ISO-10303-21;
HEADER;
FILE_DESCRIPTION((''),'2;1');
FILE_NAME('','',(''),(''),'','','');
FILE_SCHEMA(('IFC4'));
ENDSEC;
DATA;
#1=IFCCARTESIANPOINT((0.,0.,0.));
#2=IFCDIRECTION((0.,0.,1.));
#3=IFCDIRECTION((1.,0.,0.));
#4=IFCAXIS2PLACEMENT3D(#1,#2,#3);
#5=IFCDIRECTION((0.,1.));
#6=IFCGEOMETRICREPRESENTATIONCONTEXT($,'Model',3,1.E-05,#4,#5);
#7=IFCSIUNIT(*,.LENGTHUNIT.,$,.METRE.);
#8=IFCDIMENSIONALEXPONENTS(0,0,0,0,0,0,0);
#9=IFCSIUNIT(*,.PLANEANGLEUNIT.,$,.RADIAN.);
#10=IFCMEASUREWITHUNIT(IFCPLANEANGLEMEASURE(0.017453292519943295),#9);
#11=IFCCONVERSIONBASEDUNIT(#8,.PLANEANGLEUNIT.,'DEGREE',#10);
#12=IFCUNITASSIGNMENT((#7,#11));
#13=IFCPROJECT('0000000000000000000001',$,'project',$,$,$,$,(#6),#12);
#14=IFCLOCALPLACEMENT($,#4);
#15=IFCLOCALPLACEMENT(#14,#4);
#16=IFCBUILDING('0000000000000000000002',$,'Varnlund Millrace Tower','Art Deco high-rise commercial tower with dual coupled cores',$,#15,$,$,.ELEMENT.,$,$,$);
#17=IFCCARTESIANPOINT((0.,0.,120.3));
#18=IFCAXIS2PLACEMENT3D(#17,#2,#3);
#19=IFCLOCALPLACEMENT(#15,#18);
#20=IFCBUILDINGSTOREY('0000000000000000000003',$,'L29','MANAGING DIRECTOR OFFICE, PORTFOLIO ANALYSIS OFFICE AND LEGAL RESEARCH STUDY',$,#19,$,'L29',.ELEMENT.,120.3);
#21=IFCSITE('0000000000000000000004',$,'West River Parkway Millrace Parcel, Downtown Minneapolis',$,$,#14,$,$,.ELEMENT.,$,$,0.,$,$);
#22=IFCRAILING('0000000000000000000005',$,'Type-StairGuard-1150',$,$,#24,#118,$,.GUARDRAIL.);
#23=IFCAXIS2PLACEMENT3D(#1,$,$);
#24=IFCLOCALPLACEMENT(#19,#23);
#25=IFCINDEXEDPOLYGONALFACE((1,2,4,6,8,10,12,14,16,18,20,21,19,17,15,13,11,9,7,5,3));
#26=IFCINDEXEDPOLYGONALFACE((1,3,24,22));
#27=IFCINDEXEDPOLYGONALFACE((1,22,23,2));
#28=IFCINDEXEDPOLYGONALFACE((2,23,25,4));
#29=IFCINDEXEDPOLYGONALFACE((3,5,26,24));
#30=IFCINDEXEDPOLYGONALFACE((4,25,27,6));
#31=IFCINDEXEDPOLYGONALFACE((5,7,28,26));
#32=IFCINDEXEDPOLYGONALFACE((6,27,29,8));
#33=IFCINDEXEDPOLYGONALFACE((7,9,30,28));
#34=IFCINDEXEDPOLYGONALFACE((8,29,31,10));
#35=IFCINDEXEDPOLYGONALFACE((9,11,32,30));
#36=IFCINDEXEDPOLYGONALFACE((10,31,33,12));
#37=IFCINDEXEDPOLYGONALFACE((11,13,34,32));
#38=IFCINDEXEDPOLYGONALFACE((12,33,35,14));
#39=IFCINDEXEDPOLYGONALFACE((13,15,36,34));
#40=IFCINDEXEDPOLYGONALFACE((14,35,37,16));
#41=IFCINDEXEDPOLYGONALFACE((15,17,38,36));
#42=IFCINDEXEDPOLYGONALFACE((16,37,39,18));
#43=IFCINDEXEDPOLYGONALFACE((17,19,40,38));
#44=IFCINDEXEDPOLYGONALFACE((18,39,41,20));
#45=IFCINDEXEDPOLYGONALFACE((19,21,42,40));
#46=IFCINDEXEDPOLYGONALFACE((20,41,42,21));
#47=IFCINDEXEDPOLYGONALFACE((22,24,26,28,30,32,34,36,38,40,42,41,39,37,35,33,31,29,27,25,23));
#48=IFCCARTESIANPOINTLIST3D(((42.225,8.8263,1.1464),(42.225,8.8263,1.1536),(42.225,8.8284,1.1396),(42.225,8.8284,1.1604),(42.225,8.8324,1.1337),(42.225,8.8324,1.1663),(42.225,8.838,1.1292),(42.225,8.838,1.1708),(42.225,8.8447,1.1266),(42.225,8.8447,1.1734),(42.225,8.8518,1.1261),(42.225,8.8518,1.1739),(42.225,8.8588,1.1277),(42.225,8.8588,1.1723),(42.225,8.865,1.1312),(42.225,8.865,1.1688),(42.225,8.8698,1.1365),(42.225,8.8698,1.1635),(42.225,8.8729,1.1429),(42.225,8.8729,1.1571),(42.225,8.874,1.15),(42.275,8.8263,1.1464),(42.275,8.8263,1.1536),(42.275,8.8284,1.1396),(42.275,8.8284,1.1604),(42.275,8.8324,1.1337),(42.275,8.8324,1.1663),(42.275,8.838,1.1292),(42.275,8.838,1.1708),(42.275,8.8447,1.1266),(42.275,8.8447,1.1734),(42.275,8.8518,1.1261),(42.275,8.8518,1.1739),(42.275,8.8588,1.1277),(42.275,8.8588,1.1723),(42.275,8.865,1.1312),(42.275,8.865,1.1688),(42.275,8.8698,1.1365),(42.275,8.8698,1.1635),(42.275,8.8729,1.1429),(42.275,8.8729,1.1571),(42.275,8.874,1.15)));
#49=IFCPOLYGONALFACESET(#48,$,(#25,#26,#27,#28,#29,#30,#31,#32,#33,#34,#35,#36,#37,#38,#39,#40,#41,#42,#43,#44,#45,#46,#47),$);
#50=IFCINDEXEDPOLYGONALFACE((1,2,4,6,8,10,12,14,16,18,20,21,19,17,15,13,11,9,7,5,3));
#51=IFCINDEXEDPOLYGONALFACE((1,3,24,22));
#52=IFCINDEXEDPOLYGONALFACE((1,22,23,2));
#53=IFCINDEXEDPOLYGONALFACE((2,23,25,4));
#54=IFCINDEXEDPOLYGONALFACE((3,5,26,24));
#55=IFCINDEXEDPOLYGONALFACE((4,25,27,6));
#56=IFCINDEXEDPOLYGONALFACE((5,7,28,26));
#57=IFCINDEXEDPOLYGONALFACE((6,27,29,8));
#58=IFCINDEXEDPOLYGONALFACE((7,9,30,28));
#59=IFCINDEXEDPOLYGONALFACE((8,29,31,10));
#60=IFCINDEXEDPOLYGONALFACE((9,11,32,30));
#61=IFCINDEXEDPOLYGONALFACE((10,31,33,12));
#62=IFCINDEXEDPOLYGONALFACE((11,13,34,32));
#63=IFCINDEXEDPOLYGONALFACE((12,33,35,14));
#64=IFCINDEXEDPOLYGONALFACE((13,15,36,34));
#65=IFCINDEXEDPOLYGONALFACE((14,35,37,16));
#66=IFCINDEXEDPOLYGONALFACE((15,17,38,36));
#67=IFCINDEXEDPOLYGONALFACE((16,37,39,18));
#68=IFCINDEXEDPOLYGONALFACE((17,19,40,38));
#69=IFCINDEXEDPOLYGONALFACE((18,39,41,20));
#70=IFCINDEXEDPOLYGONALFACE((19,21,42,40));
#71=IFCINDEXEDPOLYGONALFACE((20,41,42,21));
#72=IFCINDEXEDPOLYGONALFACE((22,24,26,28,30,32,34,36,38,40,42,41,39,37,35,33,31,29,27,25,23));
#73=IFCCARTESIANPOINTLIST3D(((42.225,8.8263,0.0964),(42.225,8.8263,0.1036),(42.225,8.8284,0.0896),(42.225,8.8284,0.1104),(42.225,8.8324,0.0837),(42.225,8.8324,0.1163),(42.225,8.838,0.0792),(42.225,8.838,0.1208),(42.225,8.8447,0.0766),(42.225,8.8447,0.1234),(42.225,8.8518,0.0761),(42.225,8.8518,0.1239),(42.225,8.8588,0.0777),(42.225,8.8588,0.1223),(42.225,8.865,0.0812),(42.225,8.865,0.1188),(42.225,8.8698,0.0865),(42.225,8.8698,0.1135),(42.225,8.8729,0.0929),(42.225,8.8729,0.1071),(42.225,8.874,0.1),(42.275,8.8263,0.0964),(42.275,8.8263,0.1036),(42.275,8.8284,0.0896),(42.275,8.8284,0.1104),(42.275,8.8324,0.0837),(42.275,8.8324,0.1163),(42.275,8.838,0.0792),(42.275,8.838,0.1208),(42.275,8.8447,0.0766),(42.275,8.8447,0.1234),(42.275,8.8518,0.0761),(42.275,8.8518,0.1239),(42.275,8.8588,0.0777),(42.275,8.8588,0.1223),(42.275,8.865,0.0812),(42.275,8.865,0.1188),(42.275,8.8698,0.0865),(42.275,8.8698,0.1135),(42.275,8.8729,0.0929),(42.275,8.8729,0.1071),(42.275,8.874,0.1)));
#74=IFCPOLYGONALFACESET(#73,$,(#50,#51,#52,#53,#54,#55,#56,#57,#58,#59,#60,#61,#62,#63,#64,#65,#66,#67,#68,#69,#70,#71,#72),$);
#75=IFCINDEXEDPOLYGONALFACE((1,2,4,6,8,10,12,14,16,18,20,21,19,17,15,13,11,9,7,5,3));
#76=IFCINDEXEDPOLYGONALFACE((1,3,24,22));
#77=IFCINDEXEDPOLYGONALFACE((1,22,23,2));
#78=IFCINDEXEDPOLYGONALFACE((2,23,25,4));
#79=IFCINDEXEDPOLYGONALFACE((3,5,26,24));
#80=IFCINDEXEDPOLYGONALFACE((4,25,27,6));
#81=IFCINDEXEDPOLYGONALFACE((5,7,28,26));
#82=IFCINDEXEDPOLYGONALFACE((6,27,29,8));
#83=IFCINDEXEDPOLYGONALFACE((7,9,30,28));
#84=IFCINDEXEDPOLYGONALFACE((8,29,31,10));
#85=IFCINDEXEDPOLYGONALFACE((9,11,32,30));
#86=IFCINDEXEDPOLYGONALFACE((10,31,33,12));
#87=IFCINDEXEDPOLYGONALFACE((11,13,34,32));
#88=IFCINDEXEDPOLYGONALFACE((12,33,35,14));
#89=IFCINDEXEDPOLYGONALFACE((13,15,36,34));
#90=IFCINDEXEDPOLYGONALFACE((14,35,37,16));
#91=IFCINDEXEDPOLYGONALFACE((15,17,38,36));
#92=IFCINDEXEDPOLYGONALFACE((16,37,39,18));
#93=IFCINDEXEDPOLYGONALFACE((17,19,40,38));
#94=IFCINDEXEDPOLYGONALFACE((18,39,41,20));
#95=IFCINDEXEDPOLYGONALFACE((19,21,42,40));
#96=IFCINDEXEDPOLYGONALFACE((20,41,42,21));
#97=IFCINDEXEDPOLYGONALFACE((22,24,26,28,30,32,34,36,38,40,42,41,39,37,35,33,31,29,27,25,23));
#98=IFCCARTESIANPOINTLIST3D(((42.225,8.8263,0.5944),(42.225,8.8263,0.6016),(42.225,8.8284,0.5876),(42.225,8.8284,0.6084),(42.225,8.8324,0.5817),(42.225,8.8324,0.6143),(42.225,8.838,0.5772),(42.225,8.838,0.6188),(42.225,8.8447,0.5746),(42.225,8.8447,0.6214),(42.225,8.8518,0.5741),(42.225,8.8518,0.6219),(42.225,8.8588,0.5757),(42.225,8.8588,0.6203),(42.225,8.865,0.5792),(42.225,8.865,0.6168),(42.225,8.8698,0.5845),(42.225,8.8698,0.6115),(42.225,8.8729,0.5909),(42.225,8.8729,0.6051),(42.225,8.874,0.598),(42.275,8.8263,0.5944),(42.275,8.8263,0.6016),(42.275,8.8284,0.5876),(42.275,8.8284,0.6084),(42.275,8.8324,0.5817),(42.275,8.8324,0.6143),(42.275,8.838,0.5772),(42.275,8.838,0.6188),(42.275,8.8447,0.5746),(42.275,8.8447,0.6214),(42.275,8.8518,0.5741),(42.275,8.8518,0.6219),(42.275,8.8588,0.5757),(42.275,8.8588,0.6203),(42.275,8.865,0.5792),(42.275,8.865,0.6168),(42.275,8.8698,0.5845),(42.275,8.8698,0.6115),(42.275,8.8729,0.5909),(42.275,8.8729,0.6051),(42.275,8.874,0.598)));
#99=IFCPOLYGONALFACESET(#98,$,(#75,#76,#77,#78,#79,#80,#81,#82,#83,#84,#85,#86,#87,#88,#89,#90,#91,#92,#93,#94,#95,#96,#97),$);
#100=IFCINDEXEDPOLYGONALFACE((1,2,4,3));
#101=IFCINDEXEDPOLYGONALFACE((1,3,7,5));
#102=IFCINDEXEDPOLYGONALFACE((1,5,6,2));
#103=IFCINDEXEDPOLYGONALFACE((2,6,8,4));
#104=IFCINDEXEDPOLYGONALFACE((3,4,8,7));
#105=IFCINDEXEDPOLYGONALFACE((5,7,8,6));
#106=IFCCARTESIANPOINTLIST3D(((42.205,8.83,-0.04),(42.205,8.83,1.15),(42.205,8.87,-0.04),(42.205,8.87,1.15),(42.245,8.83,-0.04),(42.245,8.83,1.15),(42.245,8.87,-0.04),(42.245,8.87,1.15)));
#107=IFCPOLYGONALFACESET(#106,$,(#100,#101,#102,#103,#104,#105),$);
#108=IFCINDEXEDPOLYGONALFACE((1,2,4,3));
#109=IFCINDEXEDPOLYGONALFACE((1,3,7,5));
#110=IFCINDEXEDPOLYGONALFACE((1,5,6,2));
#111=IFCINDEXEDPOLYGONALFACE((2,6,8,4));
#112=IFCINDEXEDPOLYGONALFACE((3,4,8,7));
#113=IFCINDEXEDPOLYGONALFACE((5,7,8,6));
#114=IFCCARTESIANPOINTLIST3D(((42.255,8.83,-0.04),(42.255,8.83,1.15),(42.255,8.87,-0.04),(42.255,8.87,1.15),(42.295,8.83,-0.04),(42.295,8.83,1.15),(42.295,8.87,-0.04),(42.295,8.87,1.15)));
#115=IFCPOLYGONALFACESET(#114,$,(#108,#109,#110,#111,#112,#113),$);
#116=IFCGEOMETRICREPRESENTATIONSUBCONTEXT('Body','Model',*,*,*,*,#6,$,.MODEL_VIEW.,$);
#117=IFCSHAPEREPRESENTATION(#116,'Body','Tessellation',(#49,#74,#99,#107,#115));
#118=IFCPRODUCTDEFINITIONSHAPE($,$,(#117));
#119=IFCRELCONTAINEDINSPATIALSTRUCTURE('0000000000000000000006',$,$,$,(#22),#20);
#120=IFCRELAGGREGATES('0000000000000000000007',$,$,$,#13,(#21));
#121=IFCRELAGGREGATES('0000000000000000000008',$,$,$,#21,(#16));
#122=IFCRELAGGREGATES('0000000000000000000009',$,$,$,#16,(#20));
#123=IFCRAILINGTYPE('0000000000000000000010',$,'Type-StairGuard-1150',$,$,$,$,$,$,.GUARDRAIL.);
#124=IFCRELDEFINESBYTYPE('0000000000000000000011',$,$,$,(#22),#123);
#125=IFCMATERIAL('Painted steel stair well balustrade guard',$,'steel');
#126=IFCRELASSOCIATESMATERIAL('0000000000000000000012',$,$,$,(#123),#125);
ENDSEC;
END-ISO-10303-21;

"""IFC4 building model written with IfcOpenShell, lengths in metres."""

from ifc_helpers import new_model, entity, si_unit, converted_unit, direction, frame, origin_with_axes, origin_2d_with_axis, place, context, subcontext, project, spatial, rectangle, circle, extrude, material, type_object, element, save


model = new_model("IFC4")

# Units and contexts
model_context = context("Model", 3, precision=1e-05, world=origin_with_axes(), true_north=direction((0.0, 1.0)))
body_context = subcontext(model_context, "Body", "Model", "MODEL_VIEW")
ifc_project = project(units=[si_unit("LENGTHUNIT", "METRE"), converted_unit("PLANEANGLEUNIT", "DEGREE", entity("IfcPlaneAngleMeasure", 0.017453292519943295), si_unit("PLANEANGLEUNIT", "RADIAN"), dimensions=[0, 0, 0, 0, 0, 0, 0])], contexts=[model_context])

# Site, building, storey
site_placement = place(None, origin_with_axes())
site = spatial("IfcSite", under=ifc_project, at=site_placement, Name="West River Parkway Millrace Parcel, Downtown Minneapolis", CompositionType="ELEMENT", RefElevation=0.0)
building_placement = place(site_placement, origin_with_axes())
building = spatial("IfcBuilding", under=site, at=building_placement, Name="Varnlund Millrace Tower", Description="Art Deco high-rise commercial tower with dual coupled cores", CompositionType="ELEMENT")
storey_placement = place(building_placement, frame((0.0, 0.0, 120.3), z_axis=(0.0, 0.0, 1.0), x_axis=(1.0, 0.0, 0.0)))
storey = spatial("IfcBuildingStorey", under=building, at=storey_placement, Name="L29", Description="MANAGING DIRECTOR OFFICE, PORTFOLIO ANALYSIS OFFICE AND LEGAL RESEARCH STUDY", LongName="L29", CompositionType="ELEMENT", Elevation=120.3)

# Railing
ifc_material_1 = material(Name="Painted steel stair well balustrade guard", Category="steel")
railing_type_1 = type_object("IfcRailingType", Name="Type-StairGuard-1150", PredefinedType="GUARDRAIL", material=ifc_material_1)
railing_1_placement = place(storey_placement, frame((0.0, 0.0, -120.3), z_axis=(0.0, 0.0, 1.0), x_axis=(1.0, 0.0, 0.0)))
element("IfcRailing", 1, at=railing_1_placement, inside=storey, type_object=railing_type_1, Name="Type-StairGuard-1150", PredefinedType="GUARDRAIL", context=body_context, shape_type="SweptSolid", body=[
    extrude(circle(Radius=0.024, at=origin_2d_with_axis()), frame((42.225, 8.85, 121.45), z_axis=(1.0, 0.0, 0.0), x_axis=(0.0, 1.0, 0.0)), (0.0, 0.0, 1.0), 0.05),
    extrude(circle(Radius=0.024, at=origin_2d_with_axis()), frame((42.225, 8.85, 120.4), z_axis=(1.0, 0.0, 0.0), x_axis=(0.0, 1.0, 0.0)), (0.0, 0.0, 1.0), 0.05),
    extrude(circle(Radius=0.024, at=origin_2d_with_axis()), frame((42.225, 8.85, 120.898), z_axis=(1.0, 0.0, 0.0), x_axis=(0.0, 1.0, 0.0)), (0.0, 0.0, 1.0), 0.05),
    extrude(rectangle(XDim=0.04, YDim=0.04, at=origin_2d_with_axis()), frame((42.225, 8.85, 120.26), z_axis=(0.0, 0.0, 1.0), x_axis=(1.0, 0.0, 0.0)), (0.0, 0.0, 1.0), 1.19),
    extrude(rectangle(XDim=0.04, YDim=0.04, at=origin_2d_with_axis()), frame((42.275, 8.85, 120.26), z_axis=(0.0, 0.0, 1.0), x_axis=(1.0, 0.0, 0.0)), (0.0, 0.0, 1.0), 1.19),
])

save(model, "model.ifc")
